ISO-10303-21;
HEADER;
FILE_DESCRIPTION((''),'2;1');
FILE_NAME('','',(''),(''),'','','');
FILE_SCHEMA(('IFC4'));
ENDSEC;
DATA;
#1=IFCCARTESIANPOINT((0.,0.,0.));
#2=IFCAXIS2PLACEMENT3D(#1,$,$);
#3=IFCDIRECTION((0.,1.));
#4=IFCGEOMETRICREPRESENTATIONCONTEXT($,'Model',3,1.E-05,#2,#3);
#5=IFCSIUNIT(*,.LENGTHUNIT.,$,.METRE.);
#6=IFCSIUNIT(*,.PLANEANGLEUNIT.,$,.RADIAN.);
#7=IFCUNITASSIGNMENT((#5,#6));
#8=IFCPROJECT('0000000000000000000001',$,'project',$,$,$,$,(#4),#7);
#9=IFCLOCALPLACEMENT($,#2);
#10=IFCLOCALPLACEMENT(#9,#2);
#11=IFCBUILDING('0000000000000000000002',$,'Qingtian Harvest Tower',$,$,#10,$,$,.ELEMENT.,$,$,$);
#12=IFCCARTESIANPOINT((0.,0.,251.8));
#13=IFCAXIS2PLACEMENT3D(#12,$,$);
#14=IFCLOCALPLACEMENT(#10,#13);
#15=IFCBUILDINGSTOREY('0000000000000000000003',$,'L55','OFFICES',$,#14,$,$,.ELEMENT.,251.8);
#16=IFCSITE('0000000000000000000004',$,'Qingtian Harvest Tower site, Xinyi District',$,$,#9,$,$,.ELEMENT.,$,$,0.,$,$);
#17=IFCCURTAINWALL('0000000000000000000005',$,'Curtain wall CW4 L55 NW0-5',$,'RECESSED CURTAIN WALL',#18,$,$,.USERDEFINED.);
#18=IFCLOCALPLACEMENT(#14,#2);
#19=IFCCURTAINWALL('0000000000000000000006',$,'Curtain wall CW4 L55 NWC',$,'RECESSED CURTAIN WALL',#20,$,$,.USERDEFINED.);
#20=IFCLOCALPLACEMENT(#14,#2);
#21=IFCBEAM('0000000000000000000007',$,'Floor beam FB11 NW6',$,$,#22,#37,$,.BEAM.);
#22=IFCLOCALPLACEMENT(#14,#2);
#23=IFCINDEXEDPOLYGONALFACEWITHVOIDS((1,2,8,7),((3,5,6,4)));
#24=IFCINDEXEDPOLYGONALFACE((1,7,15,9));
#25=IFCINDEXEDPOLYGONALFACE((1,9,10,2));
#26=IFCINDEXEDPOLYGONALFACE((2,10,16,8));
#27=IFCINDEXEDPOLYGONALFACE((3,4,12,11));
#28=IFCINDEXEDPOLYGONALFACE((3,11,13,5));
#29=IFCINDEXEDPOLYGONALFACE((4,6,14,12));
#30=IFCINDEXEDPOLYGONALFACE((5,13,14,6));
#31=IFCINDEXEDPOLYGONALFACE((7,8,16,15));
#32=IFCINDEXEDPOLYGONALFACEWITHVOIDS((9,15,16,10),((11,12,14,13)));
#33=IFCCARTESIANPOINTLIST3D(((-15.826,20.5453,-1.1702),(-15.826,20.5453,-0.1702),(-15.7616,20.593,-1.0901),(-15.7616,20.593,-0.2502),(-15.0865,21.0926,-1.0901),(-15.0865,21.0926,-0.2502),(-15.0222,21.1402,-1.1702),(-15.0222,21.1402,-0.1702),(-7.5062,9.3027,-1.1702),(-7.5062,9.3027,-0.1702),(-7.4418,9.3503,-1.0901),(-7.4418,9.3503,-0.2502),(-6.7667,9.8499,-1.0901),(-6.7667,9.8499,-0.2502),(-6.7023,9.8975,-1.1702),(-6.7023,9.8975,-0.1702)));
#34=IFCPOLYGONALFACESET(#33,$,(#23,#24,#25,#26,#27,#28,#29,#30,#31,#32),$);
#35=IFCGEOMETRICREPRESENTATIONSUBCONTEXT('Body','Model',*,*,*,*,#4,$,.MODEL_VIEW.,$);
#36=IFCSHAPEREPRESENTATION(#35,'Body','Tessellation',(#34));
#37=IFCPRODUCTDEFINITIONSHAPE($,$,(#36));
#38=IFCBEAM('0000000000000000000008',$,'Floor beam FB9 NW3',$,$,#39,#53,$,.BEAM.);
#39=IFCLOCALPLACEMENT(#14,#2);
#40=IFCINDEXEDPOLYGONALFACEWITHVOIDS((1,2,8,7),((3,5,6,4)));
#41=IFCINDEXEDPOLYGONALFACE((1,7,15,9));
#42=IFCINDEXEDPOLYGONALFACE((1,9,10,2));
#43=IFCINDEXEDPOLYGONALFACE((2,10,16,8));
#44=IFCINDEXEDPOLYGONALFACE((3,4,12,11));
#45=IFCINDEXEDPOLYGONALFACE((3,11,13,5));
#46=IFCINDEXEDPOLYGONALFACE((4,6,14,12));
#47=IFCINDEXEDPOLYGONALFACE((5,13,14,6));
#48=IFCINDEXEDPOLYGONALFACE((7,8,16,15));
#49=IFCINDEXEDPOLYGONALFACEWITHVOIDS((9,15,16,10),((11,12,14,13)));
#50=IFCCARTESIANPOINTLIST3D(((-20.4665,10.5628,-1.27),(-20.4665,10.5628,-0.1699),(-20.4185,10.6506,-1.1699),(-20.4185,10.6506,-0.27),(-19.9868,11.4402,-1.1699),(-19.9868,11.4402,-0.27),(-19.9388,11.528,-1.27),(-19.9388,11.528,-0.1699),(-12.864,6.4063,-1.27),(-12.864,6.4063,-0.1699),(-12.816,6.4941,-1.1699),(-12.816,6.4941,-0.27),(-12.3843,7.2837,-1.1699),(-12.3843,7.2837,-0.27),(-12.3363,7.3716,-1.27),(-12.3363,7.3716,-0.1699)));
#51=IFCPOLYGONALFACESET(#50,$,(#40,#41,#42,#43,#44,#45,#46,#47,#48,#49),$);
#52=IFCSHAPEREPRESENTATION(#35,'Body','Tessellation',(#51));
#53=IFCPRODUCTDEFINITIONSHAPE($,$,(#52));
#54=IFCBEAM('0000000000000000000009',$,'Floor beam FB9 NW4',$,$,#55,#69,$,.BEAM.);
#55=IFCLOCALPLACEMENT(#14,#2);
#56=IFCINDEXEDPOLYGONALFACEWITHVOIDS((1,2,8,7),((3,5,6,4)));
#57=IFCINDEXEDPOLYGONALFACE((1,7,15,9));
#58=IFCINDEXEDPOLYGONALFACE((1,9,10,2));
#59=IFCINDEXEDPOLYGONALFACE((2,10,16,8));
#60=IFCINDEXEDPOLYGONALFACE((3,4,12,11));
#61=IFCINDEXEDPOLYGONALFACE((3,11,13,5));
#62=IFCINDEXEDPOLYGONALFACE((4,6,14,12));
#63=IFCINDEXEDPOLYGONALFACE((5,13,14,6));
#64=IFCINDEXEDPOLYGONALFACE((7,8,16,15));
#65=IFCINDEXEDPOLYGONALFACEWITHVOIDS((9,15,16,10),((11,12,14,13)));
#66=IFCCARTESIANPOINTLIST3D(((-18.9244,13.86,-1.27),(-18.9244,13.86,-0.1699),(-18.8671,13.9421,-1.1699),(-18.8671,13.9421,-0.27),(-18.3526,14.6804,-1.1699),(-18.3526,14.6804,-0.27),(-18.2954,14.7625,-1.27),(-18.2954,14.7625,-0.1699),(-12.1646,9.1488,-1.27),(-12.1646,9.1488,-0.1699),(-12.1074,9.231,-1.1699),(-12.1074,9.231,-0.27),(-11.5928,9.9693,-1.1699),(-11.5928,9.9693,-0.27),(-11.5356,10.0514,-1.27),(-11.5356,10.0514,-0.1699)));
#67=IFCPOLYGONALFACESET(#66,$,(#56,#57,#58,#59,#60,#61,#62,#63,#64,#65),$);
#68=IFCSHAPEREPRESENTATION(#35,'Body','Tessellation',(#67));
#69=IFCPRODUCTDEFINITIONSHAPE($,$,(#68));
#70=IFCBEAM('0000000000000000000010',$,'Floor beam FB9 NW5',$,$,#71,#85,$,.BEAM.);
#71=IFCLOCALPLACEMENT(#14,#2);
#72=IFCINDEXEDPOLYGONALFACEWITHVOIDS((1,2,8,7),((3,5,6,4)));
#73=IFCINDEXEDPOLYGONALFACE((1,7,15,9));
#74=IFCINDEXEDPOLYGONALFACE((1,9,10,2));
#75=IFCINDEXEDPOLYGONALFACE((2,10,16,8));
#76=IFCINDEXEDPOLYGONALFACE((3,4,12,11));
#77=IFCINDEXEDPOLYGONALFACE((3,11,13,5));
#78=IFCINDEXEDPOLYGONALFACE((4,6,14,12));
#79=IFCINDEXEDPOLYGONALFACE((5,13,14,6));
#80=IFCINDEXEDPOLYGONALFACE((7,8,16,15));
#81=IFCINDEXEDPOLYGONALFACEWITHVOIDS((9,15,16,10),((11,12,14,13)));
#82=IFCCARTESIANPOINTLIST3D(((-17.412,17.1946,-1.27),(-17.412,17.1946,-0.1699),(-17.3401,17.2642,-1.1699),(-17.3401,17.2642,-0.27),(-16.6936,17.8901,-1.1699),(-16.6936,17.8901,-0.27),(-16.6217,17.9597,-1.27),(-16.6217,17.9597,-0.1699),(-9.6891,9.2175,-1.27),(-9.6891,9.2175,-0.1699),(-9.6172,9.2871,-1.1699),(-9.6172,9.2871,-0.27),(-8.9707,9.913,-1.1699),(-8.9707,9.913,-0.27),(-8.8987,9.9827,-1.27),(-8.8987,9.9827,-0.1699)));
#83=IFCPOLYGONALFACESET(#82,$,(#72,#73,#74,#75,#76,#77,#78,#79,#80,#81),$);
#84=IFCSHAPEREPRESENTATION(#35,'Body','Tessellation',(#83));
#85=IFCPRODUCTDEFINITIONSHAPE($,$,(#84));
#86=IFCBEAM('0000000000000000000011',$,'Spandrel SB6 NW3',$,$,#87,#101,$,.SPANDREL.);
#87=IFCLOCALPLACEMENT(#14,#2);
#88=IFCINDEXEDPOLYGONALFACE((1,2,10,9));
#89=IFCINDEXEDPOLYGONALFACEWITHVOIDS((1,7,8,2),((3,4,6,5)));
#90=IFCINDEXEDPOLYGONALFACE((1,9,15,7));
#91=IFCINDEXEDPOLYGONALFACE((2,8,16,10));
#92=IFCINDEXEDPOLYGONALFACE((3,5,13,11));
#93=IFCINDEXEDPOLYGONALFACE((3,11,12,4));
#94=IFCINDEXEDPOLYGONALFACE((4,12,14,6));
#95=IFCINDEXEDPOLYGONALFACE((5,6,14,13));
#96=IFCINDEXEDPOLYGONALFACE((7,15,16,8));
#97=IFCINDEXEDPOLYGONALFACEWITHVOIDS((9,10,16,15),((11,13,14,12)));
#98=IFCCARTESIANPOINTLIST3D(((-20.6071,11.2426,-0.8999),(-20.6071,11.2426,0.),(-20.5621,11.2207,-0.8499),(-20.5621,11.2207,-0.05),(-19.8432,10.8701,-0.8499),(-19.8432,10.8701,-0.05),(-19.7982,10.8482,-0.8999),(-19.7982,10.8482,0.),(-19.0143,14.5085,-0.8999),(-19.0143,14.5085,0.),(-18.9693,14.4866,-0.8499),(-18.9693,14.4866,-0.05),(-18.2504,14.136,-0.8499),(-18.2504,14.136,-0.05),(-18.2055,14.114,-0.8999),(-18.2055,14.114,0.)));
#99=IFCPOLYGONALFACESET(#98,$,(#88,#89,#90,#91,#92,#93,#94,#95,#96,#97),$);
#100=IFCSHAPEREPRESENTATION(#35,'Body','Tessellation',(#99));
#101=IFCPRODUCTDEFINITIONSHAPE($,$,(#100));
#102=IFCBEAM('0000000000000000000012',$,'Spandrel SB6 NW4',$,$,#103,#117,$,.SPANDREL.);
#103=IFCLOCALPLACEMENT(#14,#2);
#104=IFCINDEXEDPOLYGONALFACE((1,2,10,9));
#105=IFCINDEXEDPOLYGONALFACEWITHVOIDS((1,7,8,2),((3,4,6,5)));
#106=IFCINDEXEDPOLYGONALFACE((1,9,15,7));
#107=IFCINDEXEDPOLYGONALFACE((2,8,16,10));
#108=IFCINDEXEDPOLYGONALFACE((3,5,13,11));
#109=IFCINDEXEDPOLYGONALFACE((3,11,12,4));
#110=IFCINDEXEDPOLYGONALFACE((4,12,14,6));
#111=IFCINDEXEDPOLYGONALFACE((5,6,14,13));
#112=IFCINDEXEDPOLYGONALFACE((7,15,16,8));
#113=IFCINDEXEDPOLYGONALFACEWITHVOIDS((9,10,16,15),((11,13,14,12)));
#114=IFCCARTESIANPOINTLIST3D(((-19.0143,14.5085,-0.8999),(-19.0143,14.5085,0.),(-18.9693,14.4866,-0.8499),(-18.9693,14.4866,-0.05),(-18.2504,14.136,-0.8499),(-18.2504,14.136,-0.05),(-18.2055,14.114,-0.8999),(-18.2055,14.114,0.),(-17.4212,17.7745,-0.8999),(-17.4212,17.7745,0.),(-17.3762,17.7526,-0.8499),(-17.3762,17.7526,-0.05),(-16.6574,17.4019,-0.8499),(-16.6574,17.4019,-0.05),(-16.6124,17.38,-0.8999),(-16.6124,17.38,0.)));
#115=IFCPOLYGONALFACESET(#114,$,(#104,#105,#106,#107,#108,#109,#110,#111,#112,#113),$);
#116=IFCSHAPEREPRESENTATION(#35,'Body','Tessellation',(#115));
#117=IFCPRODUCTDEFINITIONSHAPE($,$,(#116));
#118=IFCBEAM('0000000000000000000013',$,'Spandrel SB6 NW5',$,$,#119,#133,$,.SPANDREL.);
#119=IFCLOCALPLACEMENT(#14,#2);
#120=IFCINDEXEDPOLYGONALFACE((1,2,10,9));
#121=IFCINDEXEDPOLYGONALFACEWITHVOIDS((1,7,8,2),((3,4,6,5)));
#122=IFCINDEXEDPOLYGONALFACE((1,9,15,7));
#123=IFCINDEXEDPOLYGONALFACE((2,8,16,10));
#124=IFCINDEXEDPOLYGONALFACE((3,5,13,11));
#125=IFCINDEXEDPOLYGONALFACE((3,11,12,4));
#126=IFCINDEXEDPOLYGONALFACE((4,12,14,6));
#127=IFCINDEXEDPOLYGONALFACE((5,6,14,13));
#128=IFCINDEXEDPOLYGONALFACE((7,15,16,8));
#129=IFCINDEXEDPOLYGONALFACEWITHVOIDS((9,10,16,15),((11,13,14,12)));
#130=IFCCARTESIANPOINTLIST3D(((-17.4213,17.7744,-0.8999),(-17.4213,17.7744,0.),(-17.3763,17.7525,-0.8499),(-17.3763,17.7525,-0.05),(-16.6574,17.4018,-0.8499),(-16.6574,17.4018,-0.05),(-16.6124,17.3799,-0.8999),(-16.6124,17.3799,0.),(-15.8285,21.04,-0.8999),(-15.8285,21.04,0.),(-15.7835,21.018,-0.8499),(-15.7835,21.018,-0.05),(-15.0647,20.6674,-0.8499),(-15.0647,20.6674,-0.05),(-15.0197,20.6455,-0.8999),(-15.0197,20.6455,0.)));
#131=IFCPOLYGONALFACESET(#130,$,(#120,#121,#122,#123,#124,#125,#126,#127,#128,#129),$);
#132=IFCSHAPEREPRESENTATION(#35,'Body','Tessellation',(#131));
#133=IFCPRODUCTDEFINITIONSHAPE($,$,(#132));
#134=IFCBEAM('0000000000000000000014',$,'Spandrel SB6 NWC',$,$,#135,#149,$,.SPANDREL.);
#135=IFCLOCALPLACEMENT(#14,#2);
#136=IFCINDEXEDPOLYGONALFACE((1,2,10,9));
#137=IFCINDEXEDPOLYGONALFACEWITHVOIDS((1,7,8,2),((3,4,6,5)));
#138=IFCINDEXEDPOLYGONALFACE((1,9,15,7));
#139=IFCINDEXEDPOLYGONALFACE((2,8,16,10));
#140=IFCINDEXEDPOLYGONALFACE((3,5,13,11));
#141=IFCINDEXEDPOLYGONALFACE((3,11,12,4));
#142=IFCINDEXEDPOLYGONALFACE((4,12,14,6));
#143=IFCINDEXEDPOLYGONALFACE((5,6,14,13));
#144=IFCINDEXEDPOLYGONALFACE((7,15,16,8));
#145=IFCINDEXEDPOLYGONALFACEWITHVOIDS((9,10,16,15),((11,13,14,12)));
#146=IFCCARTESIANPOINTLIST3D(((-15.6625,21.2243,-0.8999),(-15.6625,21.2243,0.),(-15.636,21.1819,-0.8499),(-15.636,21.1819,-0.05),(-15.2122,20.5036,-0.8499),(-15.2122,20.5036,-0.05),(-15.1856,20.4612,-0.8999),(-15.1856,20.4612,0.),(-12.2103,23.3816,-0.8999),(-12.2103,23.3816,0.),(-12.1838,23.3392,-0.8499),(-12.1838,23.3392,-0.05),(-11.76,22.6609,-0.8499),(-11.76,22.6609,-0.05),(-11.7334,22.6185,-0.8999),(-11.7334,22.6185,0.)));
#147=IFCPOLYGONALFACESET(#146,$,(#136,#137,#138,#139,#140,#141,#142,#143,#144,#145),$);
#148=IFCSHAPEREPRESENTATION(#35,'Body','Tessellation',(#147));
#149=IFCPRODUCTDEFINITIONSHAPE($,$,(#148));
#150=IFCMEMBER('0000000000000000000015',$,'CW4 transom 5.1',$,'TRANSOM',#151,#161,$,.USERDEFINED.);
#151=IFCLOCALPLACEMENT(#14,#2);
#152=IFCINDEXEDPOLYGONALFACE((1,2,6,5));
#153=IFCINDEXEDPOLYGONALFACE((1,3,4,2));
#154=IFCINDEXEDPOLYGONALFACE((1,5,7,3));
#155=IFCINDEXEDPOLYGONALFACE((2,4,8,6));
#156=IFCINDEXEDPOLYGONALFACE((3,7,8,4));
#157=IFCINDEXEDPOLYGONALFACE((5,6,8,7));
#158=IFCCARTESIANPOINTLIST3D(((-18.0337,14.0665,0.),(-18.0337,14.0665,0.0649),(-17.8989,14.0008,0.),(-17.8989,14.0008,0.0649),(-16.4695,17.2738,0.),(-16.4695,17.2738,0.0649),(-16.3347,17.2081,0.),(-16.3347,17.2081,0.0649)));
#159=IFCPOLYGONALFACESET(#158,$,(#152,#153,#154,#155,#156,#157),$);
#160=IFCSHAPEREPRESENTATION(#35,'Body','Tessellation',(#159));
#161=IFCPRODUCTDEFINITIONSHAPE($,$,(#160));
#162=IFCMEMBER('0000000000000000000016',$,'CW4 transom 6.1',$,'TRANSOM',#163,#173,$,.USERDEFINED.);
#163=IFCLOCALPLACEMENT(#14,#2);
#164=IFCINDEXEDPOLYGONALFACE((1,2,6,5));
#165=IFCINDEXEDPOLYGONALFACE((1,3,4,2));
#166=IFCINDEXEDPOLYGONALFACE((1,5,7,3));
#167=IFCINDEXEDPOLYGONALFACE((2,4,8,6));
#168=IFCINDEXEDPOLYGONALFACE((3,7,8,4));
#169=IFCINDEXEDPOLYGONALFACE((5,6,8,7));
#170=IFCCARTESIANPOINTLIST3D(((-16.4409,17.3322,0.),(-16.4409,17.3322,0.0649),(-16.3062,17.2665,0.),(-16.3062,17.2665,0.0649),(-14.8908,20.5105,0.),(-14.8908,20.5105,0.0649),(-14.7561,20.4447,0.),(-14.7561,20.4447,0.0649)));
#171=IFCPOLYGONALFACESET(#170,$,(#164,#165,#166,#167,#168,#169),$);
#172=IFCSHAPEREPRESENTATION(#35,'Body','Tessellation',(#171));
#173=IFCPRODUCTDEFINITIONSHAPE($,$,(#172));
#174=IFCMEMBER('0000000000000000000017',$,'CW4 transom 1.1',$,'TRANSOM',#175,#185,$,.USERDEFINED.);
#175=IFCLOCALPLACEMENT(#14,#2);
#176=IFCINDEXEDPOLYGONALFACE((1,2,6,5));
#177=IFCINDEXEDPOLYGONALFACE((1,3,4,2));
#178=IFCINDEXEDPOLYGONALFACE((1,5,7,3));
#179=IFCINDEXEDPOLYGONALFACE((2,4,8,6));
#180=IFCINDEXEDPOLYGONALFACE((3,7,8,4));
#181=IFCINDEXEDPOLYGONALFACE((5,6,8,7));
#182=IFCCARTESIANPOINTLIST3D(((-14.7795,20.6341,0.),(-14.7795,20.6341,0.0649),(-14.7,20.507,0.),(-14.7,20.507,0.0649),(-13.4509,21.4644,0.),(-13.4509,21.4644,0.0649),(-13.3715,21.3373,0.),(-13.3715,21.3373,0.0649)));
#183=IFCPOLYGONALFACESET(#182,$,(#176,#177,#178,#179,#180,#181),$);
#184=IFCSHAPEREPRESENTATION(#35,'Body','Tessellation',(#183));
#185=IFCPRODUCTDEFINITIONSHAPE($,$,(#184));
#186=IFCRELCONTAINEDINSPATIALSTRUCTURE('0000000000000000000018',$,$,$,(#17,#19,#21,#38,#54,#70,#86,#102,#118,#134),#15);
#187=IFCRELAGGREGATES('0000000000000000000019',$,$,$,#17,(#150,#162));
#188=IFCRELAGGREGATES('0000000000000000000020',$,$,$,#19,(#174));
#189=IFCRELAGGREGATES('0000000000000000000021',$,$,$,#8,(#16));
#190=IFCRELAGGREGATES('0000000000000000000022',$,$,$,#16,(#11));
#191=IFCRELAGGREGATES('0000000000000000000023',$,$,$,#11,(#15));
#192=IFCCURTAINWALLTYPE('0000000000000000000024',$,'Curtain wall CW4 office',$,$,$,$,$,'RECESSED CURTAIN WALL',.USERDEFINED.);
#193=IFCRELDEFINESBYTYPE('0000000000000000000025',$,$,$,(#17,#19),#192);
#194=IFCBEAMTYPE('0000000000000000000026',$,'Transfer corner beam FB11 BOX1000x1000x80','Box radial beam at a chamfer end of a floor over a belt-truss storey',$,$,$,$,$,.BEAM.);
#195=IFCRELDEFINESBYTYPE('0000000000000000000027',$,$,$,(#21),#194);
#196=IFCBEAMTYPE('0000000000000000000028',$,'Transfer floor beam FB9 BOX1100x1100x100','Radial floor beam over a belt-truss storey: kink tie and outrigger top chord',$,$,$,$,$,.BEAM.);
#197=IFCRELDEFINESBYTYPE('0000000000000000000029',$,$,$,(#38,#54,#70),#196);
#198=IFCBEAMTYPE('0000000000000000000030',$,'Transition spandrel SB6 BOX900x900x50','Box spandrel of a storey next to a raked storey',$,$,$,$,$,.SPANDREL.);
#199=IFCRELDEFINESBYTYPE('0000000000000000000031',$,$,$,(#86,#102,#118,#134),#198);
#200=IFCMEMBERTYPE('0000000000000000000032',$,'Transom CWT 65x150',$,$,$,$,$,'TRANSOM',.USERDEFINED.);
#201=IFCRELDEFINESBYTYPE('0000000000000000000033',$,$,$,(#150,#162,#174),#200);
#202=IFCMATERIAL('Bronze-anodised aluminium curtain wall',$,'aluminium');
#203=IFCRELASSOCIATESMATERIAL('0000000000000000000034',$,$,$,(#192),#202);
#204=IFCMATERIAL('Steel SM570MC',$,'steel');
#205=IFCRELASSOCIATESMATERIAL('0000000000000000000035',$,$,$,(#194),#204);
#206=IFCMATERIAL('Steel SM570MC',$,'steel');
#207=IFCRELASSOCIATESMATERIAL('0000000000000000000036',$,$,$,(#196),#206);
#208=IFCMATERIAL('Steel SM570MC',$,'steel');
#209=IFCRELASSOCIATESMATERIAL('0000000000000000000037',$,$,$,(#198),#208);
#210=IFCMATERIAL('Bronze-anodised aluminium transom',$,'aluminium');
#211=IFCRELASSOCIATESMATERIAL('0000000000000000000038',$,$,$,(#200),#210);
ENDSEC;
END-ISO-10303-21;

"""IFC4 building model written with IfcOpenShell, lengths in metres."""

from ifc_helpers import new_model, si_unit, direction, frame, origin, origin_2d, place, context, subcontext, project, spatial, rectangle, hollow_rectangle, extrude, material, material_profile, profile_set, type_object, element, aggregate, save


model = new_model("IFC4")

# Units and contexts
model_context = context("Model", 3, precision=1e-05, world=origin(), true_north=direction((0.0, 1.0)))
body_context = subcontext(model_context, "Body", "Model", "MODEL_VIEW")
ifc_project = project(units=[si_unit("LENGTHUNIT", "METRE"), si_unit("PLANEANGLEUNIT", "RADIAN")], contexts=[model_context])

# Site, building, storey
site_placement = place(None, origin())
site = spatial("IfcSite", under=ifc_project, at=site_placement, Name="Qingtian Harvest Tower site, Xinyi District", CompositionType="ELEMENT", RefElevation=0.0)
building_placement = place(site_placement, origin())
building = spatial("IfcBuilding", under=site, at=building_placement, Name="Qingtian Harvest Tower", CompositionType="ELEMENT")
storey_placement = place(building_placement, frame((0.0, 0.0, 251.8)))
storey = spatial("IfcBuildingStorey", under=building, at=storey_placement, Name="L55", Description="OFFICES", CompositionType="ELEMENT", Elevation=251.8)

# Curtain walls
ifc_material_1 = material(Name="Bronze-anodised aluminium curtain wall", Category="aluminium")
curtain_wall_type = type_object("IfcCurtainWallType", Name="Curtain wall CW4 office", ElementType="RECESSED CURTAIN WALL", PredefinedType="USERDEFINED", material=ifc_material_1)
curtain_wall_1_placement = place(storey_placement, origin())
curtain_wall_1 = element("IfcCurtainWall", 1, at=curtain_wall_1_placement, inside=storey, type_object=curtain_wall_type, Name="Curtain wall CW4 L55 NW0-5", ObjectType="RECESSED CURTAIN WALL", PredefinedType="USERDEFINED")
curtain_wall_2_placement = place(storey_placement, origin())
curtain_wall_2 = element("IfcCurtainWall", 2, at=curtain_wall_2_placement, inside=storey, type_object=curtain_wall_type, Name="Curtain wall CW4 L55 NWC", ObjectType="RECESSED CURTAIN WALL", PredefinedType="USERDEFINED")

# Beams
ifc_material_2 = material(Name="Steel SM570MC", Category="steel")
ifc_material_profile_1 = material_profile(ifc_material_2, hollow_rectangle(XDim=1.0, YDim=1.0, WallThickness=0.0801, at=origin_2d()), Name="BOX1000x1000x80")
ifc_profile_set_1 = profile_set([ifc_material_profile_1], Name="Steel SM570MC")
beam_type_1 = type_object("IfcBeamType", Name="Transfer corner beam FB11 BOX1000x1000x80", Description="Box radial beam at a chamfer end of a floor over a belt-truss storey", PredefinedType="BEAM", material=ifc_profile_set_1)
beam_1_placement = place(storey_placement, frame((-15.4241, 20.8428, -0.6702), z_axis=(0.594854, -0.803834, 0.0), x_axis=(0.803834, 0.594854, 0.0)))
element("IfcBeam", 3, at=beam_1_placement, inside=storey, type_object=beam_type_1, Name="Floor beam FB11 NW6", PredefinedType="BEAM", context=body_context, shape_type="SweptSolid", body=[
    extrude(hollow_rectangle(XDim=1.0, YDim=1.0, WallThickness=0.0801, at=origin_2d()), origin(), (0.0, 0.0, 1.0), 13.9863),
])
ifc_material_3 = material(Name="Steel SM570MC", Category="steel")
ifc_material_profile_2 = material_profile(ifc_material_3, hollow_rectangle(XDim=1.1001, YDim=1.1001, WallThickness=0.1001, at=origin_2d()), Name="BOX1100x1100x100")
ifc_profile_set_2 = profile_set([ifc_material_profile_2], Name="Steel SM570MC")
beam_type_2 = type_object("IfcBeamType", Name="Transfer floor beam FB9 BOX1100x1100x100", Description="Radial floor beam over a belt-truss storey: kink tie and outrigger top chord", PredefinedType="BEAM", material=ifc_profile_set_2)
beam_2_placement = place(storey_placement, frame((-20.2026, 11.0454, -0.72), z_axis=(0.877427, -0.479711, 0.0), x_axis=(0.479711, 0.877427, 0.0)))
element("IfcBeam", 4, at=beam_2_placement, inside=storey, type_object=beam_type_2, Name="Floor beam FB9 NW3", PredefinedType="BEAM", context=body_context, shape_type="SweptSolid", body=[
    extrude(hollow_rectangle(XDim=1.1001, YDim=1.1001, WallThickness=0.1001, at=origin_2d()), origin(), (0.0, 0.0, 1.0), 8.6646),
])
beam_3_placement = place(storey_placement, frame((-18.6099, 14.3113, -0.72), z_axis=(0.820408, -0.571779, 0.0), x_axis=(0.571779, 0.820408, 0.0)))
element("IfcBeam", 5, at=beam_3_placement, inside=storey, type_object=beam_type_2, Name="Floor beam FB9 NW4", PredefinedType="BEAM", context=body_context, shape_type="SweptSolid", body=[
    extrude(hollow_rectangle(XDim=1.1001, YDim=1.1001, WallThickness=0.1001, at=origin_2d()), origin(), (0.0, 0.0, 1.0), 8.2395),
])
beam_4_placement = place(storey_placement, frame((-17.0168, 17.5771, -0.72), z_axis=(0.695569, -0.718459, 0.0), x_axis=(0.718459, 0.695569, 0.0)))
element("IfcBeam", 6, at=beam_4_placement, inside=storey, type_object=beam_type_2, Name="Floor beam FB9 NW5", PredefinedType="BEAM", context=body_context, shape_type="SweptSolid", body=[
    extrude(hollow_rectangle(XDim=1.1001, YDim=1.1001, WallThickness=0.1001, at=origin_2d()), origin(), (0.0, 0.0, 1.0), 11.103),
])
ifc_material_4 = material(Name="Steel SM570MC", Category="steel")
ifc_material_profile_3 = material_profile(ifc_material_4, hollow_rectangle(XDim=0.8999, YDim=0.8999, WallThickness=0.05, at=origin_2d()), Name="BOX900x900x50")
ifc_profile_set_3 = profile_set([ifc_material_profile_3], Name="Steel SM570MC")
beam_type_3 = type_object("IfcBeamType", Name="Transition spandrel SB6 BOX900x900x50", Description="Box spandrel of a storey next to a raked storey", PredefinedType="SPANDREL", material=ifc_profile_set_3)
beam_5_placement = place(storey_placement, frame((-20.2026, 11.0454, -0.45), z_axis=(0.438349, 0.898805, 0.0), x_axis=(-0.898805, 0.438349, 0.0)))
element("IfcBeam", 7, at=beam_5_placement, inside=storey, type_object=beam_type_3, Name="Spandrel SB6 NW3", PredefinedType="SPANDREL", context=body_context, shape_type="SweptSolid", body=[
    extrude(hollow_rectangle(XDim=0.8999, YDim=0.8999, WallThickness=0.05, at=origin_2d()), origin(), (0.0, 0.0, 1.0), 3.6335),
])
beam_6_placement = place(storey_placement, frame((-18.6099, 14.3113, -0.45), z_axis=(0.438404, 0.898778, 0.0), x_axis=(-0.898778, 0.438404, 0.0)))
element("IfcBeam", 8, at=beam_6_placement, inside=storey, type_object=beam_type_3, Name="Spandrel SB6 NW4", PredefinedType="SPANDREL", context=body_context, shape_type="SweptSolid", body=[
    extrude(hollow_rectangle(XDim=0.8999, YDim=0.8999, WallThickness=0.05, at=origin_2d()), origin(), (0.0, 0.0, 1.0), 3.6338),
])
beam_7_placement = place(storey_placement, frame((-17.0168, 17.5771, -0.45), z_axis=(0.438376, 0.898792, 0.0), x_axis=(-0.898792, 0.438376, 0.0)))
element("IfcBeam", 9, at=beam_7_placement, inside=storey, type_object=beam_type_3, Name="Spandrel SB6 NW5", PredefinedType="SPANDREL", context=body_context, shape_type="SweptSolid", body=[
    extrude(hollow_rectangle(XDim=0.8999, YDim=0.8999, WallThickness=0.05, at=origin_2d()), origin(), (0.0, 0.0, 1.0), 3.6333),
])
beam_8_placement = place(storey_placement, frame((-15.4241, 20.8428, -0.45), z_axis=(0.848039, 0.529934, 0.0), x_axis=(-0.529934, 0.848039, 0.0)))
element("IfcBeam", 10, at=beam_8_placement, inside=storey, type_object=beam_type_3, Name="Spandrel SB6 NWC", PredefinedType="SPANDREL", context=body_context, shape_type="SweptSolid", body=[
    extrude(hollow_rectangle(XDim=0.8999, YDim=0.8999, WallThickness=0.05, at=origin_2d()), origin(), (0.0, 0.0, 1.0), 4.0708),
])

# Members
ifc_material_5 = material(Name="Bronze-anodised aluminium transom", Category="aluminium")
ifc_material_profile_4 = material_profile(ifc_material_5, rectangle(XDim=0.1499, YDim=0.0649, at=origin_2d()), Name="AL 65x150")
ifc_profile_set_4 = profile_set([ifc_material_profile_4], Name="Bronze-anodised aluminium transom")
member_type_1 = type_object("IfcMemberType", Name="Transom CWT 65x150", ElementType="TRANSOM", PredefinedType="USERDEFINED", material=ifc_profile_set_4)
member_1_placement = place(storey_placement, frame((-17.9663, 14.0337, 0.0325), z_axis=(0.438352, 0.898803, 0.0), x_axis=(-0.898803, 0.438352, 0.0)))
member_1 = element("IfcMember", 11, at=member_1_placement, type_object=member_type_1, Name="CW4 transom 5.1", ObjectType="TRANSOM", PredefinedType="USERDEFINED", context=body_context, shape_type="SweptSolid", body=[
    extrude(rectangle(XDim=0.1499, YDim=0.0649, at=origin_2d()), origin(), (0.0, 0.0, 1.0), 3.5684),
])
member_2_placement = place(storey_placement, frame((-16.3735, 17.2993, 0.0325), z_axis=(0.438354, 0.898802, 0.0), x_axis=(-0.898802, 0.438354, 0.0)))
member_2 = element("IfcMember", 12, at=member_2_placement, type_object=member_type_1, Name="CW4 transom 6.1", ObjectType="TRANSOM", PredefinedType="USERDEFINED", context=body_context, shape_type="SweptSolid", body=[
    extrude(rectangle(XDim=0.1499, YDim=0.0649, at=origin_2d()), origin(), (0.0, 0.0, 1.0), 3.5361),
])
member_3_placement = place(storey_placement, frame((-14.7397, 20.5706, 0.0325), z_axis=(0.848016, 0.529971, 0.0), x_axis=(-0.529971, 0.848016, 0.0)))
member_3 = element("IfcMember", 13, at=member_3_placement, type_object=member_type_1, Name="CW4 transom 1.1", ObjectType="TRANSOM", PredefinedType="USERDEFINED", context=body_context, shape_type="SweptSolid", body=[
    extrude(rectangle(XDim=0.1499, YDim=0.0649, at=origin_2d()), origin(), (0.0, 0.0, 1.0), 1.5667),
])

aggregate(curtain_wall_1, [member_1, member_2])
aggregate(curtain_wall_2, [member_3])

save(model, "model.ifc")
